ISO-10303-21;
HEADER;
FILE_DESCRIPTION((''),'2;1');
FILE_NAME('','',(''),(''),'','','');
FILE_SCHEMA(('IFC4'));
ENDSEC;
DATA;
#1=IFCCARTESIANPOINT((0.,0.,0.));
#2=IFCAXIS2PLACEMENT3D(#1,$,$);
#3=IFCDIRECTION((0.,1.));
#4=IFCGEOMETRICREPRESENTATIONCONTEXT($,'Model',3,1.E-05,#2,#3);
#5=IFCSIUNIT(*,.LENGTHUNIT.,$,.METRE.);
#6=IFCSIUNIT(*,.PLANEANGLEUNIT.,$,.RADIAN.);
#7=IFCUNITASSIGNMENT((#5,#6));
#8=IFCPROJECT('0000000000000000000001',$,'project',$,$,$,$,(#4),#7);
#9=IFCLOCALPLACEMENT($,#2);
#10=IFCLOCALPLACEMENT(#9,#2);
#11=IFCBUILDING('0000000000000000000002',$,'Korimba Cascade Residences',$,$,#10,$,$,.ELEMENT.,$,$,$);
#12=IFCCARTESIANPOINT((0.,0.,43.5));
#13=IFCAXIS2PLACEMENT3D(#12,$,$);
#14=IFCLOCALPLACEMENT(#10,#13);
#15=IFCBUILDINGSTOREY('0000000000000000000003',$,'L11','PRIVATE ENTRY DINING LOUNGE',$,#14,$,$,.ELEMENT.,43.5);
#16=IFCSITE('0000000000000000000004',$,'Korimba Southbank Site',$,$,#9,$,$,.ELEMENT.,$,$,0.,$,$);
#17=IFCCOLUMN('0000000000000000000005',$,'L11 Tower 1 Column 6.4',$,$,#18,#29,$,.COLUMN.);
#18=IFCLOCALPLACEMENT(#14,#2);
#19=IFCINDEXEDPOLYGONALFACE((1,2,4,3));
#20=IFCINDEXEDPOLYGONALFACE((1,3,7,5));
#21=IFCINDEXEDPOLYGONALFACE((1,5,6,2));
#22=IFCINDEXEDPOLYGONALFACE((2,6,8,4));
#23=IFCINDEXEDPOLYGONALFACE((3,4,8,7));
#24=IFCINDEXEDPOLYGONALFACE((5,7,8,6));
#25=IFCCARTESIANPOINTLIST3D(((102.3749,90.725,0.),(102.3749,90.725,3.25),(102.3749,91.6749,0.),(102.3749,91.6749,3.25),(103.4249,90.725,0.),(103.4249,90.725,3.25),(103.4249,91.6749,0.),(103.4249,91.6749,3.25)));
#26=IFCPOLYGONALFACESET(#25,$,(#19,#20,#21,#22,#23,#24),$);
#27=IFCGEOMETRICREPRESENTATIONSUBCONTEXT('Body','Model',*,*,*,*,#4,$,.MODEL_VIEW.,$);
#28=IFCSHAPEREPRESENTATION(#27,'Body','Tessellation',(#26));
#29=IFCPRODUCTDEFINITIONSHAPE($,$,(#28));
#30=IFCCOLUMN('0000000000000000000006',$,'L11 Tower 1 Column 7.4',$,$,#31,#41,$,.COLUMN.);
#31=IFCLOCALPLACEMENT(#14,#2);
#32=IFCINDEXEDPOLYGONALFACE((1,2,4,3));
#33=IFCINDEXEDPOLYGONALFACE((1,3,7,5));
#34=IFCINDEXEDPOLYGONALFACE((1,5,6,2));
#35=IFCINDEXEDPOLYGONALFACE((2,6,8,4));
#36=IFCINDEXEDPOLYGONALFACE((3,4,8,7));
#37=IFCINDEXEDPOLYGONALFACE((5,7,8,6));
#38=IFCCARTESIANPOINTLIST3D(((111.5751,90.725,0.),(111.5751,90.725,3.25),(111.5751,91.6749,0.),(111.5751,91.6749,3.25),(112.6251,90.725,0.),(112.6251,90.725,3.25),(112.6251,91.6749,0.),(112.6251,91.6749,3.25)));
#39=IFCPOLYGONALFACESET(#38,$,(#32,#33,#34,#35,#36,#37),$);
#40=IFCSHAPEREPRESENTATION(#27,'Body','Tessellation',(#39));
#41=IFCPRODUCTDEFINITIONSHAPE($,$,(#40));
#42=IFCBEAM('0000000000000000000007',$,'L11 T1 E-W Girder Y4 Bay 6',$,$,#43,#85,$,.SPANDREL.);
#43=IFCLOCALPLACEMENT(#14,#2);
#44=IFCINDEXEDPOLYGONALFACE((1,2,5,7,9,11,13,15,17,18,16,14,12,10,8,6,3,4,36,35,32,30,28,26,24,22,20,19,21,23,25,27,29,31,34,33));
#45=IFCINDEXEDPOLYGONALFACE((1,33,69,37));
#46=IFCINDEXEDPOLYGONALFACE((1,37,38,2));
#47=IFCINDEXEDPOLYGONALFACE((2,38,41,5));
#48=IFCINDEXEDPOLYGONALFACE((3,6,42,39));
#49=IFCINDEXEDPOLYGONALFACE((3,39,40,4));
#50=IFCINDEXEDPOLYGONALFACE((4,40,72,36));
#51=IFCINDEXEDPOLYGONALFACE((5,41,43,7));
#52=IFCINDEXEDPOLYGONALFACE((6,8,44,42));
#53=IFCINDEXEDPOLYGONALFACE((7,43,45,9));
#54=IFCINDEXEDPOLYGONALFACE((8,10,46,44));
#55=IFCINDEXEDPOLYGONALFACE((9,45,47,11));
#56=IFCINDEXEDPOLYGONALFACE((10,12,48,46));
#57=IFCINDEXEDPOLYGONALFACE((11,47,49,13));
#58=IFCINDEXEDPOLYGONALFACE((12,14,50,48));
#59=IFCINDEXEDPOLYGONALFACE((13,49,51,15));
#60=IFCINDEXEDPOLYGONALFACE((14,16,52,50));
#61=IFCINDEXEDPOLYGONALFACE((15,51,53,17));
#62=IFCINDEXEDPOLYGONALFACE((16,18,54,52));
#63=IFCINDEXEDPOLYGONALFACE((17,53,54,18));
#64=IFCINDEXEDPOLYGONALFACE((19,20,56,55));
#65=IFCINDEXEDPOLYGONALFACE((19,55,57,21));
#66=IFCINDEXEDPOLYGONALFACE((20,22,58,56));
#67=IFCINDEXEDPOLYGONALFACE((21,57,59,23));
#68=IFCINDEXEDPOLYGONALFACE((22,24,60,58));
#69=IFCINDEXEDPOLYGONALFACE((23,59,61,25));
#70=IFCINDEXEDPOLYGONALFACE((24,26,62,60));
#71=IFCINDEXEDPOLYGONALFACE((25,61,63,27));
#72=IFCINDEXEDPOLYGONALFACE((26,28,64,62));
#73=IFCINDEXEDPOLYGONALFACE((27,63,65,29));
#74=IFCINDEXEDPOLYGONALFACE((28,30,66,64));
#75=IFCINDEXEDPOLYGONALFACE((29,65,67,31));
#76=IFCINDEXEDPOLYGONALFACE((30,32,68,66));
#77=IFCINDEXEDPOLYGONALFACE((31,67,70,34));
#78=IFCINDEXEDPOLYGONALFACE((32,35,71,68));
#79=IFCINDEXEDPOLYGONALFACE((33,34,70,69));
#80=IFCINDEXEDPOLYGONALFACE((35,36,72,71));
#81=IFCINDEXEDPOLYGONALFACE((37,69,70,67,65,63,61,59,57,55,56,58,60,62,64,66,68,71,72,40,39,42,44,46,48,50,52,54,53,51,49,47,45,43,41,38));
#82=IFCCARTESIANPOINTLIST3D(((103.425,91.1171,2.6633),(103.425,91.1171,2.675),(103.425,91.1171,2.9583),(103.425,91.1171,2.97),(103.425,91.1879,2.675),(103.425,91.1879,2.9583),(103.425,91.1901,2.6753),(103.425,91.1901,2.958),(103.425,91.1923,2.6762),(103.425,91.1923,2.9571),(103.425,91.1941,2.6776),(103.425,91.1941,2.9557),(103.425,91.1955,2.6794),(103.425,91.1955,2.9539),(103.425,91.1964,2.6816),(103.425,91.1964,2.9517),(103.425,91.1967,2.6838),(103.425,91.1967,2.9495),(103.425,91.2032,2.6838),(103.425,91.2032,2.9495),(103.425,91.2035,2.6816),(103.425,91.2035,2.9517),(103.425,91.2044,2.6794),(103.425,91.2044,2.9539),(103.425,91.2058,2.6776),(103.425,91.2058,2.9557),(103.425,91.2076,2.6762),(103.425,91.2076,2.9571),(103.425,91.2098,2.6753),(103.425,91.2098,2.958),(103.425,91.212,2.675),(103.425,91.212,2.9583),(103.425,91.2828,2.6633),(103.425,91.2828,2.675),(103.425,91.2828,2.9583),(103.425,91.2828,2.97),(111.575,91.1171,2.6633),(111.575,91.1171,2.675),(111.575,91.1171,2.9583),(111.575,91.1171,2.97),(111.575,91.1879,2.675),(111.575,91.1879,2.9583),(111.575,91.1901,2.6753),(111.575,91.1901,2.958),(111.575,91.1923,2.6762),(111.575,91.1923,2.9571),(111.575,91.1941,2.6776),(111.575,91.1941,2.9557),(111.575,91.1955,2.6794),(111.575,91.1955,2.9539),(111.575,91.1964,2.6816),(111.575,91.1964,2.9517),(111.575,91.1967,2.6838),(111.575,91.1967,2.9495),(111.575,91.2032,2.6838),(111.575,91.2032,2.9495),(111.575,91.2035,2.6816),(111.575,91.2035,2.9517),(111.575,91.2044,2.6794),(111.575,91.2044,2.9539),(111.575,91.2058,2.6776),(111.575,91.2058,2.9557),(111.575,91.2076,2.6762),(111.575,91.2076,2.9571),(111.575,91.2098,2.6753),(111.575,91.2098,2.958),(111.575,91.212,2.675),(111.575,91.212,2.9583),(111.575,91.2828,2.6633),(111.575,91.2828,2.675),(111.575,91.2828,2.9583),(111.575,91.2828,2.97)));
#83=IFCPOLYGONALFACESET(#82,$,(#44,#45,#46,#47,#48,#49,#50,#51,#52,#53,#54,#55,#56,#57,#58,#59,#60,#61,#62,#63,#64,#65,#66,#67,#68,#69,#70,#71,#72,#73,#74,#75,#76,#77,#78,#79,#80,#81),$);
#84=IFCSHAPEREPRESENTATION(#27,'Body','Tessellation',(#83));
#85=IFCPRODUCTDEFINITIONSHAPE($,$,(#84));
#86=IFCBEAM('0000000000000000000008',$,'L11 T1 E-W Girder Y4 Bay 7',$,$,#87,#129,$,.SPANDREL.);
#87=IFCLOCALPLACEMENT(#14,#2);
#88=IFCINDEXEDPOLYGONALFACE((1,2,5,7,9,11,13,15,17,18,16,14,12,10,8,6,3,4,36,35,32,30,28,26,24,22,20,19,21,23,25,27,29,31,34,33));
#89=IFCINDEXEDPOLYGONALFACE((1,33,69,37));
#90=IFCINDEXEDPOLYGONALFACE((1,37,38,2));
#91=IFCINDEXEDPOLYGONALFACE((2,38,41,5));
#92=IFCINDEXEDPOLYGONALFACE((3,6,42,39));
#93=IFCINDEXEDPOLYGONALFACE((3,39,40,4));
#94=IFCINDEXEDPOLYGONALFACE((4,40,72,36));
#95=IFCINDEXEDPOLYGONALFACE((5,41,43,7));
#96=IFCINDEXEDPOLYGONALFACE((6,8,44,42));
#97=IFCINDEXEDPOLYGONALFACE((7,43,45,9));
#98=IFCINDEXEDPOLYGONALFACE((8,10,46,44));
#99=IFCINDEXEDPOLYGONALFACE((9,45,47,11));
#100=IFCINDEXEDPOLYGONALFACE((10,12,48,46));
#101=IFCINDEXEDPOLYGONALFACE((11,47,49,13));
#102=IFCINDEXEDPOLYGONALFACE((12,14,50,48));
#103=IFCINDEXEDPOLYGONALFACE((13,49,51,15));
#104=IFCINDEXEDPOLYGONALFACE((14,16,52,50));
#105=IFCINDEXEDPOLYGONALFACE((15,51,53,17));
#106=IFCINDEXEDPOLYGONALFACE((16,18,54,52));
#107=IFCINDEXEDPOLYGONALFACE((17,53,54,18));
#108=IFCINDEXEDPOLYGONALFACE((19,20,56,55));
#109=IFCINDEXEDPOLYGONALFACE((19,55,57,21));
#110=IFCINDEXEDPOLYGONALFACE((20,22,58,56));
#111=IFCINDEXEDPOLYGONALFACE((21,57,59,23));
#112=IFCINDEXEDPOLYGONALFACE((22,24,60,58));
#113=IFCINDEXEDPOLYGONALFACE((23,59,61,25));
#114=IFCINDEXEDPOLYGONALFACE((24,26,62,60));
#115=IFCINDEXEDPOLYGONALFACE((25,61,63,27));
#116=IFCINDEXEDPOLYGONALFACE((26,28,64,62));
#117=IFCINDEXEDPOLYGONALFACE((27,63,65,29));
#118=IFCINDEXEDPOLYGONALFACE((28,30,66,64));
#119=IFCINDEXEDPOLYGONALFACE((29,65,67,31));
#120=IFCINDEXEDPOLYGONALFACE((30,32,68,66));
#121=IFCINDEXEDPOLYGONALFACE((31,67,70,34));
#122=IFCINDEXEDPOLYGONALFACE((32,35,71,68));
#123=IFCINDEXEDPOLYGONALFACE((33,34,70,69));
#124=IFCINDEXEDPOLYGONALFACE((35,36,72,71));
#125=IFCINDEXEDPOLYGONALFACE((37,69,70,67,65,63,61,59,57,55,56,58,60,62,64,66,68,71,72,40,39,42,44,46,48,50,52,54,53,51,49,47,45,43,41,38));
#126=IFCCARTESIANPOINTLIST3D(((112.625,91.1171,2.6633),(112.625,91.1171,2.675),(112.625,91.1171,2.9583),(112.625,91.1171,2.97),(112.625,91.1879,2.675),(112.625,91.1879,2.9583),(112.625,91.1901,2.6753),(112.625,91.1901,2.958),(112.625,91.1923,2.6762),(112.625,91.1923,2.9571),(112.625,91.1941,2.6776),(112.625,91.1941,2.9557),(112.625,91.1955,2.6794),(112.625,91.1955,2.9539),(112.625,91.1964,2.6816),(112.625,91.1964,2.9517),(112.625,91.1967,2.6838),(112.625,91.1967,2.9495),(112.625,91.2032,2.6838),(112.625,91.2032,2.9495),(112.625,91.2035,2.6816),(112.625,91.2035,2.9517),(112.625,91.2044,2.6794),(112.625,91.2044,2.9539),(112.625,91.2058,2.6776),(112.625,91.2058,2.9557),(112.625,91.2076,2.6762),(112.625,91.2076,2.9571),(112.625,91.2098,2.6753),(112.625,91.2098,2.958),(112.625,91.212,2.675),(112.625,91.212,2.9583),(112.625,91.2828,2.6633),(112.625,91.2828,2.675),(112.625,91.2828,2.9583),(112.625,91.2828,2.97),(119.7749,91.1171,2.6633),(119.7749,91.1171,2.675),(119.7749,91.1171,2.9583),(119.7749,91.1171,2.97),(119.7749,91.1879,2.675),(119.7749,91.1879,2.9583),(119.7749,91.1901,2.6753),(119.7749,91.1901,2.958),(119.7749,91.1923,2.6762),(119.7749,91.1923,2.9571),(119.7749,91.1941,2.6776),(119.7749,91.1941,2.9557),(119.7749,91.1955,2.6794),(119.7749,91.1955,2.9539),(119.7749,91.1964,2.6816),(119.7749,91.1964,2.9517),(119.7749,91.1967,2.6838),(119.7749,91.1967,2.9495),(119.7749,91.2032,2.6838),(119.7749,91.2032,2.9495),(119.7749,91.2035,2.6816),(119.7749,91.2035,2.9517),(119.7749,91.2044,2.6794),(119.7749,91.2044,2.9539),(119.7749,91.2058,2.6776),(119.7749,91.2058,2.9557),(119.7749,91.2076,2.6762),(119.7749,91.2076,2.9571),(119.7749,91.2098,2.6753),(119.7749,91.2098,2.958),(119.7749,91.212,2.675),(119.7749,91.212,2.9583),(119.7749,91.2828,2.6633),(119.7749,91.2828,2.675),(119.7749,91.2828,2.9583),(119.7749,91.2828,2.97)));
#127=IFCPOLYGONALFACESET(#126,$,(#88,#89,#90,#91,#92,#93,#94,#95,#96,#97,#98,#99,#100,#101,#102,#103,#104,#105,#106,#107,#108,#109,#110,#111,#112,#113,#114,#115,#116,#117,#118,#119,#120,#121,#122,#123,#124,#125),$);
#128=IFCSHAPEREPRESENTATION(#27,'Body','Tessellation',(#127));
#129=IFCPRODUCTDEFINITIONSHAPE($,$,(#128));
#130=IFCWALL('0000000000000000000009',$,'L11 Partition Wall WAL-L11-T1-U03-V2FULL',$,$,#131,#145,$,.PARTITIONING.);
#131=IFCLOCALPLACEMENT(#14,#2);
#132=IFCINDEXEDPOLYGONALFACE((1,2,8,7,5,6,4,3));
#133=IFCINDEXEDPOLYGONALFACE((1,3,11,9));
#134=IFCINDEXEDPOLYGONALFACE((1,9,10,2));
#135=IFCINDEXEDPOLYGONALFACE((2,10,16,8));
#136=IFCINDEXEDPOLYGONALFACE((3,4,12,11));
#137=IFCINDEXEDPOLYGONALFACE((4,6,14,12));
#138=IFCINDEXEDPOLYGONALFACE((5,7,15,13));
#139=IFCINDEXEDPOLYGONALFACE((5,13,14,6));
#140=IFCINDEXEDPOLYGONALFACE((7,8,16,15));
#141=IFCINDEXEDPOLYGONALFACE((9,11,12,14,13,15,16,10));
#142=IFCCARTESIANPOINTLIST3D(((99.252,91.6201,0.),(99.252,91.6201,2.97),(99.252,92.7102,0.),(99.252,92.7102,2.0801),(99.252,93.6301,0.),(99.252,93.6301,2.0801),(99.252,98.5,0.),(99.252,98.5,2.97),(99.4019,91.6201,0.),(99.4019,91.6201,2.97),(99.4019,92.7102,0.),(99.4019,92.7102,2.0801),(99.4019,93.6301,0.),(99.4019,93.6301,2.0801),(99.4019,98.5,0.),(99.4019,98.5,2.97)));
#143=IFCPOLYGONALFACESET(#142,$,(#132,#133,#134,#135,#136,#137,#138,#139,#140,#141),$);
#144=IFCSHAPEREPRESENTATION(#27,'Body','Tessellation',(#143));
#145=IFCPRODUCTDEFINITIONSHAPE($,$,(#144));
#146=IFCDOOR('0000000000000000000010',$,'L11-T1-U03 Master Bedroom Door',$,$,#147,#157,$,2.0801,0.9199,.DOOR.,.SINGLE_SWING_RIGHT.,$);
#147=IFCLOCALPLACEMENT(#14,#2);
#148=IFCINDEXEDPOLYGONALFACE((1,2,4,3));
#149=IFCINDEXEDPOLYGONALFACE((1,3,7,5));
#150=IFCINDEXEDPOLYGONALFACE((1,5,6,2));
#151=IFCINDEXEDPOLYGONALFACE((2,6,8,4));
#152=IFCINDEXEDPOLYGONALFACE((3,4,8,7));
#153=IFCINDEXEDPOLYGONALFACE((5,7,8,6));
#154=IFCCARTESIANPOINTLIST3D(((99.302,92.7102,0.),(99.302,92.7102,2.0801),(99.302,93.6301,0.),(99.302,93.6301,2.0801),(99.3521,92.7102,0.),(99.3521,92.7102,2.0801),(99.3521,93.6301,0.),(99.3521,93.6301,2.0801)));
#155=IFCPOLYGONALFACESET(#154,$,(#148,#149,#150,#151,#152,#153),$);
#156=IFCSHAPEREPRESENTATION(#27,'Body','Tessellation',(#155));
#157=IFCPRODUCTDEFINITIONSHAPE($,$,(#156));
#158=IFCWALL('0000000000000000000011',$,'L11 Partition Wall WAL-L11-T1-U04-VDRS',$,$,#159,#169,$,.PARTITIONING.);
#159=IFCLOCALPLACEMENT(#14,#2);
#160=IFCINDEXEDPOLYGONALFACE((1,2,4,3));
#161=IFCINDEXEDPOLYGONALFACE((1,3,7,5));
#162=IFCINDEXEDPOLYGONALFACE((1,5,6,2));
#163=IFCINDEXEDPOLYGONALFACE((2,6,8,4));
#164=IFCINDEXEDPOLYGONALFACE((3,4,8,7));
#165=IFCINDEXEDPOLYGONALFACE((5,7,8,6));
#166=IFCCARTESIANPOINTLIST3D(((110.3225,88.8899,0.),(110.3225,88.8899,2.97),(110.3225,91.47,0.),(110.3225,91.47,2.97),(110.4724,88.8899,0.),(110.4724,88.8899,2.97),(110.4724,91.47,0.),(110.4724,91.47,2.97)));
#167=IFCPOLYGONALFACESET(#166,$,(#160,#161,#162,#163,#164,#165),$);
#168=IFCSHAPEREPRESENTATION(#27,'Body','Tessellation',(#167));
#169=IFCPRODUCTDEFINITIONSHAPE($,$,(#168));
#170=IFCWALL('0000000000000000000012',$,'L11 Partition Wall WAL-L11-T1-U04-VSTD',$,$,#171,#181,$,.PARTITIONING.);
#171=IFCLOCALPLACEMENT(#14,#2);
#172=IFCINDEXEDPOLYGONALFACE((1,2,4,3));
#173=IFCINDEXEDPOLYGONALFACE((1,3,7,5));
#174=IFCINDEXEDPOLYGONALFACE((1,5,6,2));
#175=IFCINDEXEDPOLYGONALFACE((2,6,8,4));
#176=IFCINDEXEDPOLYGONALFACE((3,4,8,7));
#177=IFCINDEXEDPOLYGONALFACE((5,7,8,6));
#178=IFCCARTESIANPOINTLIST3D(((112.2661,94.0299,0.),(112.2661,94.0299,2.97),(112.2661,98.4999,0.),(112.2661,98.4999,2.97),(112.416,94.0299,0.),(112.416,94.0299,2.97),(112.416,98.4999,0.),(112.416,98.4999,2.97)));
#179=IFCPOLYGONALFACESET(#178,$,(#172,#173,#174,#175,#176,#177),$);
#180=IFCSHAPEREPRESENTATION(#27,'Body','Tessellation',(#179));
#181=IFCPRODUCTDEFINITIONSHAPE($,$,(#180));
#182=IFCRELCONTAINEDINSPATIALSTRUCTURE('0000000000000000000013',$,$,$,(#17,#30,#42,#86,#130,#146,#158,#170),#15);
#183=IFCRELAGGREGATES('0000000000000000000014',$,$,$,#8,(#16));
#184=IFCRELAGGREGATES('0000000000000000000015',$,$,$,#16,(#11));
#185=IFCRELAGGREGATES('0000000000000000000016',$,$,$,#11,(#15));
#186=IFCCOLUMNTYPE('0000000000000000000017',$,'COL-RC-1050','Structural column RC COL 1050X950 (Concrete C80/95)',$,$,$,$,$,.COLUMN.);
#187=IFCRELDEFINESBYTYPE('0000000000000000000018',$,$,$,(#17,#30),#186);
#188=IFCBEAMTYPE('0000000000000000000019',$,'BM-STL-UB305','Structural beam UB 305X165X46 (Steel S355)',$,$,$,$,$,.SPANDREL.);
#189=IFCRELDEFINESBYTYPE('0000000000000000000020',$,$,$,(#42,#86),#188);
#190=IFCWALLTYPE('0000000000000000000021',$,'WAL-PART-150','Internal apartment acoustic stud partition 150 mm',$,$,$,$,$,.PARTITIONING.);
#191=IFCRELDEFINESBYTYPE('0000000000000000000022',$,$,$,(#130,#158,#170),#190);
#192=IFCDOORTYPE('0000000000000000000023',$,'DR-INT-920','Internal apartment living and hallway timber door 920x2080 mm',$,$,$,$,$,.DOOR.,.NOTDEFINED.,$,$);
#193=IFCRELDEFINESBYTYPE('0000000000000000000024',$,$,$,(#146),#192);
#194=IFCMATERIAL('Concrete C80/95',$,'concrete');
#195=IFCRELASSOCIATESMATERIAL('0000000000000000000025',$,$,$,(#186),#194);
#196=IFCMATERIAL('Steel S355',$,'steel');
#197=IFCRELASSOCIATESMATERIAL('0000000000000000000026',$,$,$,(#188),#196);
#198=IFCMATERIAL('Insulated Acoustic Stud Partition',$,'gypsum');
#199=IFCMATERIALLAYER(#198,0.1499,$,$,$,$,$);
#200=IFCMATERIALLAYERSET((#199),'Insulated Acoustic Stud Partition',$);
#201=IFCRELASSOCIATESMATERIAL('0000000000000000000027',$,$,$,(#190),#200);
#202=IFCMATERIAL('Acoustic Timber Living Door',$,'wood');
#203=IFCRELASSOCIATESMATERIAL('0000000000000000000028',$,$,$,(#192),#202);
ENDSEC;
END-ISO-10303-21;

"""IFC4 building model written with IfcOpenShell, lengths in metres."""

from ifc_helpers import new_model, si_unit, direction, frame, frame_2d, origin, origin_2d, place, context, subcontext, project, spatial, rectangle, i_section, extrude, material, layer, layer_set, material_profile, profile_set, type_object, element, fill, save


model = new_model("IFC4")

# Units and contexts
model_context = context("Model", 3, precision=1e-05, world=origin(), true_north=direction((0.0, 1.0)))
body_context = subcontext(model_context, "Body", "Model", "MODEL_VIEW")
ifc_project = project(units=[si_unit("LENGTHUNIT", "METRE"), si_unit("PLANEANGLEUNIT", "RADIAN")], contexts=[model_context])

# Site, building, storey
site_placement = place(None, origin())
site = spatial("IfcSite", under=ifc_project, at=site_placement, Name="Korimba Southbank Site", CompositionType="ELEMENT", RefElevation=0.0)
building_placement = place(site_placement, origin())
building = spatial("IfcBuilding", under=site, at=building_placement, Name="Korimba Cascade Residences", CompositionType="ELEMENT")
storey_placement = place(building_placement, frame((0.0, 0.0, 43.5)))
storey = spatial("IfcBuildingStorey", under=building, at=storey_placement, Name="L11", Description="PRIVATE ENTRY DINING LOUNGE", CompositionType="ELEMENT", Elevation=43.5)

# Columns
ifc_material_1 = material(Name="Concrete C80/95", Category="concrete")
ifc_material_profile_1 = material_profile(ifc_material_1, rectangle(XDim=1.05, YDim=0.95, at=origin_2d()), Name="Concrete C80/95")
ifc_profile_set_1 = profile_set([ifc_material_profile_1], Name="Concrete C80/95")
column_type = type_object("IfcColumnType", Name="COL-RC-1050", Description="Structural column RC COL 1050X950 (Concrete C80/95)", PredefinedType="COLUMN", material=ifc_profile_set_1)
for number, where, z_axis, x_axis, name in (
    (1, (102.8999, 91.2, 0.0), (0.0, 0.0, 1.0), (1.0, 0.0, 0.0), "L11 Tower 1 Column 6.4"),
    (2, (112.1001, 91.2, 0.0), (0.0, 0.0, 1.0), (1.0, 0.0, 0.0), "L11 Tower 1 Column 7.4"),
):
    element("IfcColumn", number, at=place(storey_placement, frame(where, z_axis=z_axis, x_axis=x_axis)), inside=storey, type_object=column_type, Name=name, PredefinedType="COLUMN", context=body_context, shape_type="SweptSolid", body=[
        extrude(rectangle(XDim=1.05, YDim=0.95, at=origin_2d()), origin(), (0.0, 0.0, 1.0), 3.25),
    ])

# Beams
ifc_material_2 = material(Name="Steel S355", Category="steel")
ifc_material_profile_2 = material_profile(ifc_material_2, i_section(OverallWidth=0.1658, OverallDepth=0.3066, WebThickness=0.0066, FlangeThickness=0.0117, FilletRadius=0.0088, at=origin_2d()), Name="Steel S355")
ifc_profile_set_2 = profile_set([ifc_material_profile_2], Name="Steel S355")
beam_type = type_object("IfcBeamType", Name="BM-STL-UB305", Description="Structural beam UB 305X165X46 (Steel S355)", PredefinedType="SPANDREL", material=ifc_profile_set_2)
beam_1_placement = place(storey_placement, frame((103.425, 91.2, 2.8167), z_axis=(1.0, 0.0, 0.0), x_axis=(0.0, 1.0, 0.0)))
element("IfcBeam", 3, at=beam_1_placement, inside=storey, type_object=beam_type, Name="L11 T1 E-W Girder Y4 Bay 6", PredefinedType="SPANDREL", context=body_context, shape_type="SweptSolid", body=[
    extrude(i_section(OverallWidth=0.1658, OverallDepth=0.3066, WebThickness=0.0066, FlangeThickness=0.0117, FilletRadius=0.0088, at=origin_2d()), origin(), (0.0, 0.0, 1.0), 8.1499),
])
beam_2_placement = place(storey_placement, frame((112.625, 91.2, 2.8167), z_axis=(1.0, 0.0, 0.0), x_axis=(0.0, 1.0, 0.0)))
element("IfcBeam", 4, at=beam_2_placement, inside=storey, type_object=beam_type, Name="L11 T1 E-W Girder Y4 Bay 7", PredefinedType="SPANDREL", context=body_context, shape_type="SweptSolid", body=[
    extrude(i_section(OverallWidth=0.1658, OverallDepth=0.3066, WebThickness=0.0066, FlangeThickness=0.0117, FilletRadius=0.0088, at=origin_2d()), origin(), (0.0, 0.0, 1.0), 7.1499),
])

# Wall, opening, door
ifc_material_3 = material(Name="Insulated Acoustic Stud Partition", Category="gypsum")
ifc_layer = layer(ifc_material_3, 0.1499)
ifc_layer_set = layer_set([ifc_layer], Name="Insulated Acoustic Stud Partition")
wall_type = type_object("IfcWallType", Name="WAL-PART-150", Description="Internal apartment acoustic stud partition 150 mm", PredefinedType="PARTITIONING", material=ifc_layer_set)
wall_1_placement = place(storey_placement, frame((99.3269, 91.6201, 0.0), z_axis=(0.0, 0.0, 1.0), x_axis=(0.0, 1.0, 0.0)))
wall_1 = element("IfcWall", 5, at=wall_1_placement, inside=storey, type_object=wall_type, Name="L11 Partition Wall WAL-L11-T1-U03-V2FULL", PredefinedType="PARTITIONING", context=body_context, shape_type="SweptSolid", body=[
    extrude(rectangle(XDim=6.8799, YDim=0.1499, at=frame_2d((3.4399, 0.0))), origin(), (0.0, 0.0, 1.0), 2.97),
])
opening_1_placement = place(wall_1_placement, frame((1.0901, 0.0, 0.0)))
opening_1 = element("IfcOpeningElement", 6, at=opening_1_placement, cuts=wall_1, PredefinedType="OPENING", context=body_context, shape_type="SweptSolid", body=[
    extrude(rectangle(XDim=0.9199, YDim=2.0801, at=frame_2d((0.46, 1.04))), frame((0.0, 0.085, 0.0), z_axis=(0.0, -1.0, 0.0), x_axis=(1.0, 0.0, 0.0)), (0.0, 0.0, 1.0), 0.1699),
])
ifc_material_4 = material(Name="Acoustic Timber Living Door", Category="wood")
door_type_1 = type_object("IfcDoorType", Name="DR-INT-920", Description="Internal apartment living and hallway timber door 920x2080 mm", OperationType="NOTDEFINED", PredefinedType="DOOR", material=ifc_material_4)
door_1_placement = place(opening_1_placement, origin())
door_1 = element("IfcDoor", 7, at=door_1_placement, inside=storey, type_object=door_type_1, Name="L11-T1-U03 Master Bedroom Door", OperationType="SINGLE_SWING_RIGHT", OverallHeight=2.0801, OverallWidth=0.9199, PredefinedType="DOOR", context=body_context, shape_type="SweptSolid", body=[
    extrude(rectangle(XDim=0.9199, YDim=2.0801, at=frame_2d((0.46, 1.04))), frame((0.0, 0.0249, 0.0), z_axis=(0.0, -1.0, 0.0), x_axis=(1.0, 0.0, 0.0)), (0.0, 0.0, 1.0), 0.05),
])
fill(opening_1, door_1)

# Walls
wall_2_placement = place(storey_placement, frame((110.3975, 88.8899, 0.0), z_axis=(0.0, 0.0, 1.0), x_axis=(0.0, 1.0, 0.0)))
element("IfcWall", 8, at=wall_2_placement, inside=storey, type_object=wall_type, Name="L11 Partition Wall WAL-L11-T1-U04-VDRS", PredefinedType="PARTITIONING", context=body_context, shape_type="SweptSolid", body=[
    extrude(rectangle(XDim=2.5801, YDim=0.1499, at=frame_2d((1.29, 0.0))), origin(), (0.0, 0.0, 1.0), 2.97),
])
wall_3_placement = place(storey_placement, frame((112.3411, 94.03, 0.0), z_axis=(0.0, 0.0, 1.0), x_axis=(0.0, 1.0, 0.0)))
element("IfcWall", 9, at=wall_3_placement, inside=storey, type_object=wall_type, Name="L11 Partition Wall WAL-L11-T1-U04-VSTD", PredefinedType="PARTITIONING", context=body_context, shape_type="SweptSolid", body=[
    extrude(rectangle(XDim=4.47, YDim=0.1499, at=frame_2d((2.2349, 0.0))), origin(), (0.0, 0.0, 1.0), 2.97),
])

save(model, "model.ifc")
